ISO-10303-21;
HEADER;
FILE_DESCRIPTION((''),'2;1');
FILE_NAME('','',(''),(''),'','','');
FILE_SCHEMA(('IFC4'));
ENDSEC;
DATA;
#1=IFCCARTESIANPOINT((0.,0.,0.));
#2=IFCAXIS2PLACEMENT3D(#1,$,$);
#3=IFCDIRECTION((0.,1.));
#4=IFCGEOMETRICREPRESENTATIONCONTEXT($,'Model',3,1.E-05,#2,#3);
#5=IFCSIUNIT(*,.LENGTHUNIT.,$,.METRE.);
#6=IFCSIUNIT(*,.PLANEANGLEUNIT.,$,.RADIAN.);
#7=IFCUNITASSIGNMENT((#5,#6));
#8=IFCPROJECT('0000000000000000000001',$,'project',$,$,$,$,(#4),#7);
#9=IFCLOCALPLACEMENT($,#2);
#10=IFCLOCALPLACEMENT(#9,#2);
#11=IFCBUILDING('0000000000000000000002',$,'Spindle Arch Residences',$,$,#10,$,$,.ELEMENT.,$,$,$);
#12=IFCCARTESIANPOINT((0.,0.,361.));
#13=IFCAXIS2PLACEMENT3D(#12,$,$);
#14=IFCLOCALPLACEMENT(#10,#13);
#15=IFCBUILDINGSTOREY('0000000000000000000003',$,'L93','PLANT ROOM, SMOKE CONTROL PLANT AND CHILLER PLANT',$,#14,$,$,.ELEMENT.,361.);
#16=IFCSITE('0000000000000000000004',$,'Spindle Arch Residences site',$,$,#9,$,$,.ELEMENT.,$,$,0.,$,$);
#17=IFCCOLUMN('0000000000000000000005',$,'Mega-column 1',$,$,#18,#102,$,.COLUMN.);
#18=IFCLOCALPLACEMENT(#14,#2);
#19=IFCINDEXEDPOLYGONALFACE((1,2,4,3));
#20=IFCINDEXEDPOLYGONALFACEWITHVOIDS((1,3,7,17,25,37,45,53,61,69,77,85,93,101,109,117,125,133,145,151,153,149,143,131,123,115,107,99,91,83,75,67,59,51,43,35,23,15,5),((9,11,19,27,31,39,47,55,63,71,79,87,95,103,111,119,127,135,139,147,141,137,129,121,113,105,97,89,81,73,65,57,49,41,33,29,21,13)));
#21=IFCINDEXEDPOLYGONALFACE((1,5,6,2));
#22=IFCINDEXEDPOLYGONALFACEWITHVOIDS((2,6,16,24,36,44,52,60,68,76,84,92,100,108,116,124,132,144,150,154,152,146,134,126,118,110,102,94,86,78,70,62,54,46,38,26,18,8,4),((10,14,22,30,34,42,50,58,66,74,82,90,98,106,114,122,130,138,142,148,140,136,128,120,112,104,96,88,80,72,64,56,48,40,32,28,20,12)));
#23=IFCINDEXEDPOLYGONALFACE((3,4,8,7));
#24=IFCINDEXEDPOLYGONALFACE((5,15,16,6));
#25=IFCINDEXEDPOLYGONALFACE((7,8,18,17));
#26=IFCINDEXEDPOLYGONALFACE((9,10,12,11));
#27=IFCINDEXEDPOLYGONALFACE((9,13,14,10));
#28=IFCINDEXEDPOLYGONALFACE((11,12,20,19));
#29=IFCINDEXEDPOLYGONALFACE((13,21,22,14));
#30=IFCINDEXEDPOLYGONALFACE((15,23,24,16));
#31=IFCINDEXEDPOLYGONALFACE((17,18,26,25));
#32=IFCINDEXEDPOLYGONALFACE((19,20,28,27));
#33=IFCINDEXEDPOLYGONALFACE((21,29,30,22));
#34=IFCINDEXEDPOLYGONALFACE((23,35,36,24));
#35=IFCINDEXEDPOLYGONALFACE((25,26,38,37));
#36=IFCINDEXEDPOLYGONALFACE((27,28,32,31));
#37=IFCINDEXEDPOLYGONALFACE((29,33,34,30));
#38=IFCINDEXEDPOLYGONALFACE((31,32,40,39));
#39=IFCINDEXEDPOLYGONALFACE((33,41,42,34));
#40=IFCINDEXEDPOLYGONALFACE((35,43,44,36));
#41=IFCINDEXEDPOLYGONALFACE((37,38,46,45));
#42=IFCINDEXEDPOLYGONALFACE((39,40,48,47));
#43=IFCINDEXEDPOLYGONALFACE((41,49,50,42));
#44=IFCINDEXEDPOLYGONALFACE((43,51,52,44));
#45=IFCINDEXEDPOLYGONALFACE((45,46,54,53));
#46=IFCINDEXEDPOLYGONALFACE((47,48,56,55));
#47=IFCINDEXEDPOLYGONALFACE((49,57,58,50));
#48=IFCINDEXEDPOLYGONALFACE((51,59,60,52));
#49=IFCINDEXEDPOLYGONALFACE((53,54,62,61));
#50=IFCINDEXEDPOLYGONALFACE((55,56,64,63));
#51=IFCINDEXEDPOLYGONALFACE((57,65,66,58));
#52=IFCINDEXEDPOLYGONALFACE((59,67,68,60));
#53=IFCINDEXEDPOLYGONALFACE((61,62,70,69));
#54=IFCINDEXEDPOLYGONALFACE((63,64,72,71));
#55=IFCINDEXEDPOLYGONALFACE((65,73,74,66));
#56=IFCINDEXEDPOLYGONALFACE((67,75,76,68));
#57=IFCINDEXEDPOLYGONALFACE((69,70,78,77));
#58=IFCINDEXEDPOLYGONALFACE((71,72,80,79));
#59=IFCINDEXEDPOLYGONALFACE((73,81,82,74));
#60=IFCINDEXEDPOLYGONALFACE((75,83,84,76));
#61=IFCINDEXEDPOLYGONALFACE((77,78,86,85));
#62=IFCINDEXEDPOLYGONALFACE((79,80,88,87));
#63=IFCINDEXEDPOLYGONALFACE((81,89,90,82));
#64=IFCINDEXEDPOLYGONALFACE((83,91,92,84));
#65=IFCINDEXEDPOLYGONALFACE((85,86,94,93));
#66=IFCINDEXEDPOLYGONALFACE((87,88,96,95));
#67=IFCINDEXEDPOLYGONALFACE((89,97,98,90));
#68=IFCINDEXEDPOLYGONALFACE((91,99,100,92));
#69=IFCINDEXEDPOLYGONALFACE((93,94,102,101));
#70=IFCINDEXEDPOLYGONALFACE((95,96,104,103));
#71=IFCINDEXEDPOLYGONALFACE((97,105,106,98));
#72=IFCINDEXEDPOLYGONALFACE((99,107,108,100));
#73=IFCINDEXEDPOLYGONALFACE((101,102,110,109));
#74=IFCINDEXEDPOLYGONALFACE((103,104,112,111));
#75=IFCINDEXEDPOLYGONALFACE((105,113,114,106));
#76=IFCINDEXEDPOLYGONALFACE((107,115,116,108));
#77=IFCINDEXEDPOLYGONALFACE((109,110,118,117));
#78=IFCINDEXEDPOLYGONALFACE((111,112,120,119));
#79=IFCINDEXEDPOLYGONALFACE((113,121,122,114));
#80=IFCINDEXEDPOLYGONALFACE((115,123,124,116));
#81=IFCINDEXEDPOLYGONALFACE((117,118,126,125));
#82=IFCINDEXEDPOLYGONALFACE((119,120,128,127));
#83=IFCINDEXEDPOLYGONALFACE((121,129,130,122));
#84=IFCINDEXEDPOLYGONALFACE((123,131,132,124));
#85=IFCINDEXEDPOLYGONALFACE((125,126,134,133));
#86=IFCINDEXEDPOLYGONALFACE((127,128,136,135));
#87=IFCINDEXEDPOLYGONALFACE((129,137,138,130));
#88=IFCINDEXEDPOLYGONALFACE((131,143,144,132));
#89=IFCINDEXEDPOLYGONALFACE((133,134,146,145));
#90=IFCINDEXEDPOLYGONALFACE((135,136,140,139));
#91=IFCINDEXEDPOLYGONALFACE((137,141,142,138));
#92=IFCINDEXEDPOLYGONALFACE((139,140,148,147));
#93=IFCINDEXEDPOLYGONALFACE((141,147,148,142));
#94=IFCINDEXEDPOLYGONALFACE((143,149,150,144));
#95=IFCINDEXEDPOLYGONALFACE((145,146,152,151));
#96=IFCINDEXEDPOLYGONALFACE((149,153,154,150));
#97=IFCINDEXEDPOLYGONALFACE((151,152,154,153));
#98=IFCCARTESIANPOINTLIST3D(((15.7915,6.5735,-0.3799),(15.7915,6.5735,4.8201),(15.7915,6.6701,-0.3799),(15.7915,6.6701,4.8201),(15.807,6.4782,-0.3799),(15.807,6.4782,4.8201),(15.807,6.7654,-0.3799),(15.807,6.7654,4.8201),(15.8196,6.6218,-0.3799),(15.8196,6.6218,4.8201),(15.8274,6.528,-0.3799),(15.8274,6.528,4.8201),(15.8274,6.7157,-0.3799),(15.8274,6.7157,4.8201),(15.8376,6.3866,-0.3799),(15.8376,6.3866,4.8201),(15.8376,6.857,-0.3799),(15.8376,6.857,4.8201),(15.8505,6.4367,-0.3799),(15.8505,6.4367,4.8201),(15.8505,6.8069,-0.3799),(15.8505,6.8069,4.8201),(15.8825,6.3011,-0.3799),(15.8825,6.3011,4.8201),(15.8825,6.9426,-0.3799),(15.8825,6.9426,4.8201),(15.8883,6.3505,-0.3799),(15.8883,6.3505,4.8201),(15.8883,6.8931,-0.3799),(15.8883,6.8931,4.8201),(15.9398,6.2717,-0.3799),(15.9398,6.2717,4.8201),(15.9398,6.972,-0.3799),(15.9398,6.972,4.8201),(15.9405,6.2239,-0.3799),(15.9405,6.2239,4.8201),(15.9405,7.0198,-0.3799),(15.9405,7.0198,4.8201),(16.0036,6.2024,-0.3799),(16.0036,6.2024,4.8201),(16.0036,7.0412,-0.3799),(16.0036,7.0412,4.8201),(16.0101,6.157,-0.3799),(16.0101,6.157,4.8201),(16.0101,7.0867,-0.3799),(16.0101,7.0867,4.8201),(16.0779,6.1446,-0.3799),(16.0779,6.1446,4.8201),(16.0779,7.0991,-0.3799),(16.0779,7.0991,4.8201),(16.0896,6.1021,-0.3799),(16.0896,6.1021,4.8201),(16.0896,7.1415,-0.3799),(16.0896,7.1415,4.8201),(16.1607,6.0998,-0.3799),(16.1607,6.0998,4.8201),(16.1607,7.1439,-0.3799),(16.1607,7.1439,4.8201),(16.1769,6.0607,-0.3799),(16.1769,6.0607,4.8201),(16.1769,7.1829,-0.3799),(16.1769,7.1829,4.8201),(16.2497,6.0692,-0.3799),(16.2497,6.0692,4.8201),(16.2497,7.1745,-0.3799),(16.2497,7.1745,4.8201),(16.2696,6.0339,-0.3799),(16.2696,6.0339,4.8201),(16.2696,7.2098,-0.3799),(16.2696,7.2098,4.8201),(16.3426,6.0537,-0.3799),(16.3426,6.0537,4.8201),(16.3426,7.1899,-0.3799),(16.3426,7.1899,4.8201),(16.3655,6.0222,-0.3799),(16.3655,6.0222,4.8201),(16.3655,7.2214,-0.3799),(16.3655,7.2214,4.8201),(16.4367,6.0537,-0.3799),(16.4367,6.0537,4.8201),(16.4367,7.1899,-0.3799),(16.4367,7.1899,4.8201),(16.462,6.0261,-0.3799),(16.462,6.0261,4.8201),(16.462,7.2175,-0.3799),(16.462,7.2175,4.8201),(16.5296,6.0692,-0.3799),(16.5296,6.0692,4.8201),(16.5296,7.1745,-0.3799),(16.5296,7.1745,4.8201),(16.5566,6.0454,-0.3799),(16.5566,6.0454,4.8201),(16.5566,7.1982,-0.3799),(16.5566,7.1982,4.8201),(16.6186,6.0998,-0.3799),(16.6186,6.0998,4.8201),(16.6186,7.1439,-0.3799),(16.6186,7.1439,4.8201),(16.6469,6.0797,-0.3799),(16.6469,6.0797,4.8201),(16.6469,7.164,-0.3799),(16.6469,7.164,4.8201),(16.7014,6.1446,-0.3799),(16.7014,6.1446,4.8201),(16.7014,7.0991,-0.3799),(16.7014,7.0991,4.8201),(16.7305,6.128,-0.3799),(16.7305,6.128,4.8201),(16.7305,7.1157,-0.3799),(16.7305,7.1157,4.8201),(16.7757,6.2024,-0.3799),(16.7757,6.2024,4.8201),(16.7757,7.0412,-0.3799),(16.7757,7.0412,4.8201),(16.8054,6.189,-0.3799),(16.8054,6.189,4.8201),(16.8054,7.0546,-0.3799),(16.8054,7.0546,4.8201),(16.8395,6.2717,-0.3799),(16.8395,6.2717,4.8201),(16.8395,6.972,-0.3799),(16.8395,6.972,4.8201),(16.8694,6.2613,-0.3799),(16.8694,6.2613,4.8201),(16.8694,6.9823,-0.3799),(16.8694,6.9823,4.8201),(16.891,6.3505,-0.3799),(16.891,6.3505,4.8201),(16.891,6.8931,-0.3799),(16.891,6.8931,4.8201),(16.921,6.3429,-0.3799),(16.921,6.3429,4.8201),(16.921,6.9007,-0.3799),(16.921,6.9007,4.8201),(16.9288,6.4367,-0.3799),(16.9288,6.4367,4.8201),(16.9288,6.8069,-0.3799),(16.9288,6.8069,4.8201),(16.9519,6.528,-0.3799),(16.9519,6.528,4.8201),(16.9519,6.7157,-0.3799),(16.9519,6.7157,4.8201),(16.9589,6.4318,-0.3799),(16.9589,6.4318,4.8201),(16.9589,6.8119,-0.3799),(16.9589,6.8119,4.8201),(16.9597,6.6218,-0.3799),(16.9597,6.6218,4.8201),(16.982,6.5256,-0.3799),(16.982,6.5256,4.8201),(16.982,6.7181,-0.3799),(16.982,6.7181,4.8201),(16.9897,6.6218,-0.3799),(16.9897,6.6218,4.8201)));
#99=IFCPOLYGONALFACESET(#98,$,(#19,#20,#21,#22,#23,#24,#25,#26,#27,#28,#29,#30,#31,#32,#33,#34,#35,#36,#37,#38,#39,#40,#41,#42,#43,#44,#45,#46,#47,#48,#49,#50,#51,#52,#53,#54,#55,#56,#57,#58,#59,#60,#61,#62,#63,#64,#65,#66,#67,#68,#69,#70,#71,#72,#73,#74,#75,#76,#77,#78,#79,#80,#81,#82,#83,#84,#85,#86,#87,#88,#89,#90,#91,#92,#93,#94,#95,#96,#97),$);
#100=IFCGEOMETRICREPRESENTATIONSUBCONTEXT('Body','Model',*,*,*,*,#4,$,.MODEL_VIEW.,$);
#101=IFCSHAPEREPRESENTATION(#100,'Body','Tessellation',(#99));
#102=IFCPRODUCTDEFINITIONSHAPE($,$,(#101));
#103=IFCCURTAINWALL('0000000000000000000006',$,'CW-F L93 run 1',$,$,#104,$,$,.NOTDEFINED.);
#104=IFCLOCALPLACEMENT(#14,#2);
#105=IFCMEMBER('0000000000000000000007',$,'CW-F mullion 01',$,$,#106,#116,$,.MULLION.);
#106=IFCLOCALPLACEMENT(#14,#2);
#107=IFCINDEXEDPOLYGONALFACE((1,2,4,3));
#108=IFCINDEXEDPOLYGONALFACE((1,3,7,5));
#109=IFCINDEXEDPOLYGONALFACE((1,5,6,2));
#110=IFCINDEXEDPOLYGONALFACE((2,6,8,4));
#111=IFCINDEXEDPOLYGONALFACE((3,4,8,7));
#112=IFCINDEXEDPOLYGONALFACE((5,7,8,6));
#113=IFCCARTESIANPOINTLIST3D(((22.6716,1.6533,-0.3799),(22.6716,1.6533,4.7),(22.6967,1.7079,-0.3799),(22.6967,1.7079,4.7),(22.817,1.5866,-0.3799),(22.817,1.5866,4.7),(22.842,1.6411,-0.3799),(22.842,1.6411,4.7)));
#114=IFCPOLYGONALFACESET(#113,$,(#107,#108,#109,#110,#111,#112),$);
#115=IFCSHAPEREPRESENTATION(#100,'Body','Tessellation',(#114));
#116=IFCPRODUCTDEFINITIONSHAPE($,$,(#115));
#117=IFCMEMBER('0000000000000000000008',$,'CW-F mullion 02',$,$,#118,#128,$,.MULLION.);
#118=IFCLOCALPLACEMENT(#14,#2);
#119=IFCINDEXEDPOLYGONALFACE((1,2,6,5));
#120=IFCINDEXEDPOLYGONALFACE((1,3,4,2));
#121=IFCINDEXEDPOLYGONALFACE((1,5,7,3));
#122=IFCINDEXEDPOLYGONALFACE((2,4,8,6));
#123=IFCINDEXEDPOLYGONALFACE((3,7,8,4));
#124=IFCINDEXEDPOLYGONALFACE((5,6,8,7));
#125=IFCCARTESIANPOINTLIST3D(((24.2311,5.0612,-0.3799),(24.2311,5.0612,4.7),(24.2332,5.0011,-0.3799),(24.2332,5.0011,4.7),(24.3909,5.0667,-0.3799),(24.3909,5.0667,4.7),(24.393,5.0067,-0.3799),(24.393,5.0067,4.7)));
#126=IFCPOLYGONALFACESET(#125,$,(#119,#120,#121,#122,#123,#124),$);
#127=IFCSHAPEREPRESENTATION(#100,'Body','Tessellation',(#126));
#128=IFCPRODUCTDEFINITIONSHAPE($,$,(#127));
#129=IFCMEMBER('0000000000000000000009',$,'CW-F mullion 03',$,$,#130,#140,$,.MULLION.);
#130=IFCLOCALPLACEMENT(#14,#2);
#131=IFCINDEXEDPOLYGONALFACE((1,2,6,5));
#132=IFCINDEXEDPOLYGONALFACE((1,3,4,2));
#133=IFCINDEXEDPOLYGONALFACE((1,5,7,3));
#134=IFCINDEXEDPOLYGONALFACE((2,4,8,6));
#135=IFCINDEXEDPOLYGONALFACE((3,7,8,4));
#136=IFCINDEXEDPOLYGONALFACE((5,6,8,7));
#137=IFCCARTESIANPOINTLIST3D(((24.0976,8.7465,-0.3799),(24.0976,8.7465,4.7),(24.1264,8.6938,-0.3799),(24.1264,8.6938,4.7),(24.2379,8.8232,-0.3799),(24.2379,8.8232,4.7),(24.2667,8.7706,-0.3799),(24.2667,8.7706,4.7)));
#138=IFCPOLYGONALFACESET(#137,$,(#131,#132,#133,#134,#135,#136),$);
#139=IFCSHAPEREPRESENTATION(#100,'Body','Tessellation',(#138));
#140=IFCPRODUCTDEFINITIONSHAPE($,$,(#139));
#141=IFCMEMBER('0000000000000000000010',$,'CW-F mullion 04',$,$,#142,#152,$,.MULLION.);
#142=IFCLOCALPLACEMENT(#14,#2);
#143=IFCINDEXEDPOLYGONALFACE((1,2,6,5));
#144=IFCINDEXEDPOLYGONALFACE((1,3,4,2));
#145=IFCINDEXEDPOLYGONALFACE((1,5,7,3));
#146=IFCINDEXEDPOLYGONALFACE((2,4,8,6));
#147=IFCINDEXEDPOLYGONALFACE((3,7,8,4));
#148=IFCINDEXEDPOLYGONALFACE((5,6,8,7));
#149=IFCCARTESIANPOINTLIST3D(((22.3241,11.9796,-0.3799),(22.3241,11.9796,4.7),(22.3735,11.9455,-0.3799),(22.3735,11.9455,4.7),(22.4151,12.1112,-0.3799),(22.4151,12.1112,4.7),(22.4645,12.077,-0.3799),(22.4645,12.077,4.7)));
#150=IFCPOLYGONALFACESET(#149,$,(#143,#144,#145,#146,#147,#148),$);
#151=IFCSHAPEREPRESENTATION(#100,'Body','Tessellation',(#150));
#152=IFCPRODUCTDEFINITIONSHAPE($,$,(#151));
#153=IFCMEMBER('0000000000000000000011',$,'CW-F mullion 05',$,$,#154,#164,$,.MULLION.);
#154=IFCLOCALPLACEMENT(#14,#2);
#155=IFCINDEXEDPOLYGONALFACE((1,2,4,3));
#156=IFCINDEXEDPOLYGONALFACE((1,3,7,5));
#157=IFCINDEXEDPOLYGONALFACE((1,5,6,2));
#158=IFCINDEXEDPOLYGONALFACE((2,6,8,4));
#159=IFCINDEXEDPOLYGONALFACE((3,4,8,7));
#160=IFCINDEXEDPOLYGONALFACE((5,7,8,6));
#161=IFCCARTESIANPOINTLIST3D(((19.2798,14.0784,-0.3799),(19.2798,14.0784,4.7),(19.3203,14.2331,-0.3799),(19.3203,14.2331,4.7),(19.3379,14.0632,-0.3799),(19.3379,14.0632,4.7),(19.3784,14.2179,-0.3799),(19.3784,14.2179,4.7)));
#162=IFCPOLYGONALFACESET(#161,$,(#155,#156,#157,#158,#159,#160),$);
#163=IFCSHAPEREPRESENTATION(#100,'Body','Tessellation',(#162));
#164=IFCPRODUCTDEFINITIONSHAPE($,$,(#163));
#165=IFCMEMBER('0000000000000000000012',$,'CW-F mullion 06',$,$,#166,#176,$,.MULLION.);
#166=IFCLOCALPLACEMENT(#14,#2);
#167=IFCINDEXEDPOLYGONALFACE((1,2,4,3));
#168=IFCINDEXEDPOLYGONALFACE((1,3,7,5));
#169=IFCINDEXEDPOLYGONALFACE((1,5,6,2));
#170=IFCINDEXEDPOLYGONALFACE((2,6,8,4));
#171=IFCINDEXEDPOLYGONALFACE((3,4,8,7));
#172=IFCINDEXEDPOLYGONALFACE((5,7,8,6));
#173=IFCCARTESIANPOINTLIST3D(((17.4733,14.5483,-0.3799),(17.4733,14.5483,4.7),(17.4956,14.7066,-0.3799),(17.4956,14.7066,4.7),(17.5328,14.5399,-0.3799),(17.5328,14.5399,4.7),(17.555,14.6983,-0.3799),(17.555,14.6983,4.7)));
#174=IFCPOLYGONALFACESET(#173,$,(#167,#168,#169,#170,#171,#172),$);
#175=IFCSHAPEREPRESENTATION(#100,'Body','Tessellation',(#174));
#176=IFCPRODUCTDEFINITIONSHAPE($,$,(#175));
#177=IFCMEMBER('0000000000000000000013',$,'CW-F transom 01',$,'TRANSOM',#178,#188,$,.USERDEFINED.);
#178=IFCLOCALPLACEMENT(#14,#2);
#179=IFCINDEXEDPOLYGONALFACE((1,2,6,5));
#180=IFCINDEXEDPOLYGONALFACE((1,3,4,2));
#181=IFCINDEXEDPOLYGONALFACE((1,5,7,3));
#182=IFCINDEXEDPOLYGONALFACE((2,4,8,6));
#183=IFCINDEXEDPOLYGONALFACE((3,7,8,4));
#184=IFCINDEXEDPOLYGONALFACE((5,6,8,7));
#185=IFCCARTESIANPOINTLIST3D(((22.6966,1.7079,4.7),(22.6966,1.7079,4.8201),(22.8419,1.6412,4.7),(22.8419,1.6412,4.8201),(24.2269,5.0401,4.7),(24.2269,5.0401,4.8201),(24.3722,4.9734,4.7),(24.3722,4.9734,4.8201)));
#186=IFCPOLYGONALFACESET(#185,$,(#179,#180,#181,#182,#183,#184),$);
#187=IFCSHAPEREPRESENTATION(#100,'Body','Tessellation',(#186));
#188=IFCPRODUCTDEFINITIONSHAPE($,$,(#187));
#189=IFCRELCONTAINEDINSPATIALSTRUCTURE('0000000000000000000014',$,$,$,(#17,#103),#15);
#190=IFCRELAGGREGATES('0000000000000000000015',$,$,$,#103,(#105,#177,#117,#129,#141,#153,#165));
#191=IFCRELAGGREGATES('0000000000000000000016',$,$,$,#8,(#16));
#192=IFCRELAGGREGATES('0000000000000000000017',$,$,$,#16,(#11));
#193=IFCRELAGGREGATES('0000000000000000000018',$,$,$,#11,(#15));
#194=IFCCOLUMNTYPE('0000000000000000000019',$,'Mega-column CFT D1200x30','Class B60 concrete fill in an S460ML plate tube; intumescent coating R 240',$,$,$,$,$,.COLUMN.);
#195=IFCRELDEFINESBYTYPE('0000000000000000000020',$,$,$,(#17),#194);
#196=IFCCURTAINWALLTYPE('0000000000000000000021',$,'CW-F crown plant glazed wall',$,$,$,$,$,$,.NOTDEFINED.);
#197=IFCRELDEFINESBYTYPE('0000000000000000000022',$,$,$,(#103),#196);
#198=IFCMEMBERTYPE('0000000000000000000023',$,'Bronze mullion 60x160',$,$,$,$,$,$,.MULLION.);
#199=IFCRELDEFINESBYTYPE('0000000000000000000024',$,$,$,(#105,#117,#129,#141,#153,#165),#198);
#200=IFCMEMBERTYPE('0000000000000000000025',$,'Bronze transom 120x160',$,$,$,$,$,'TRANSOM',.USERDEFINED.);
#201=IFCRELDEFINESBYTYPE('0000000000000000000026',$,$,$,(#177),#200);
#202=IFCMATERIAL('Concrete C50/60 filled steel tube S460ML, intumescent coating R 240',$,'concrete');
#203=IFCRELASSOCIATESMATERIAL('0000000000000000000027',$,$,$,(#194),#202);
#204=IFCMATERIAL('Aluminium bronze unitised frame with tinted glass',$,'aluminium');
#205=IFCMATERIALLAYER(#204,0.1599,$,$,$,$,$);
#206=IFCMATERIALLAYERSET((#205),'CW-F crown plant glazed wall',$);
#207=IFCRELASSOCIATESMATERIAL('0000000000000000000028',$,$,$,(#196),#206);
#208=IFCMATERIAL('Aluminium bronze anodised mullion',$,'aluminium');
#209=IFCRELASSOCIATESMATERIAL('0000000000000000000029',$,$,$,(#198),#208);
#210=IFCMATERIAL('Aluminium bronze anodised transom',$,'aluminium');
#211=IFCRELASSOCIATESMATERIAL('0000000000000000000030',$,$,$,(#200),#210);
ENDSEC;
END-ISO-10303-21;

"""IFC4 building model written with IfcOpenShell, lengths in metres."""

from ifc_helpers import new_model, si_unit, direction, frame, origin, origin_2d, place, context, subcontext, project, spatial, rectangle, hollow_circle, extrude, material, layer, layer_set, material_profile, profile_set, type_object, element, aggregate, save


model = new_model("IFC4")

# Units and contexts
model_context = context("Model", 3, precision=1e-05, world=origin(), true_north=direction((0.0, 1.0)))
body_context = subcontext(model_context, "Body", "Model", "MODEL_VIEW")
ifc_project = project(units=[si_unit("LENGTHUNIT", "METRE"), si_unit("PLANEANGLEUNIT", "RADIAN")], contexts=[model_context])

# Site, building, storey
site_placement = place(None, origin())
site = spatial("IfcSite", under=ifc_project, at=site_placement, Name="Spindle Arch Residences site", CompositionType="ELEMENT", RefElevation=0.0)
building_placement = place(site_placement, origin())
building = spatial("IfcBuilding", under=site, at=building_placement, Name="Spindle Arch Residences", CompositionType="ELEMENT")
storey_placement = place(building_placement, frame((0.0, 0.0, 361.0)))
storey = spatial("IfcBuildingStorey", under=building, at=storey_placement, Name="L93", Description="PLANT ROOM, SMOKE CONTROL PLANT AND CHILLER PLANT", CompositionType="ELEMENT", Elevation=361.0)

# Column
ifc_material_1 = material(Name="Concrete C50/60 filled steel tube S460ML, intumescent coating R 240", Category="concrete")
ifc_material_profile_1 = material_profile(ifc_material_1, hollow_circle(Radius=0.6001, WallThickness=0.03, at=origin_2d()), Name="CFT D1200x30")
ifc_profile_set_1 = profile_set([ifc_material_profile_1], Name="Concrete C50/60 filled steel tube S460ML, intumescent coating R 240")
column_type_1 = type_object("IfcColumnType", Name="Mega-column CFT D1200x30", Description="Class B60 concrete fill in an S460ML plate tube; intumescent coating R 240", PredefinedType="COLUMN", material=ifc_profile_set_1)
column_placement = place(storey_placement, frame((16.3896, 6.6218, -0.3799), z_axis=(0.0, 0.0, 1.0), x_axis=(1.0, 0.0, 0.0)))
element("IfcColumn", 1, at=column_placement, inside=storey, type_object=column_type_1, Name="Mega-column 1", PredefinedType="COLUMN", context=body_context, shape_type="SweptSolid", body=[
    extrude(hollow_circle(Radius=0.6001, WallThickness=0.03, at=origin_2d()), origin(), (0.0, 0.0, 1.0), 5.2),
])

# Curtain wall, members
ifc_material_2 = material(Name="Aluminium bronze unitised frame with tinted glass", Category="aluminium")
ifc_layer_1 = layer(ifc_material_2, 0.1599)
ifc_layer_set_1 = layer_set([ifc_layer_1], Name="CW-F crown plant glazed wall")
curtain_wall_type = type_object("IfcCurtainWallType", Name="CW-F crown plant glazed wall", PredefinedType="NOTDEFINED", material=ifc_layer_set_1)
curtain_wall_placement = place(storey_placement, origin())
curtain_wall = element("IfcCurtainWall", 2, at=curtain_wall_placement, inside=storey, type_object=curtain_wall_type, Name="CW-F L93 run 1", PredefinedType="NOTDEFINED")
ifc_material_3 = material(Name="Aluminium bronze anodised mullion", Category="aluminium")
ifc_material_profile_2 = material_profile(ifc_material_3, rectangle(XDim=0.1599, YDim=0.0601, at=origin_2d()), Name="MU 60x160")
ifc_profile_set_2 = profile_set([ifc_material_profile_2], Name="Aluminium bronze anodised mullion")
member_type_1 = type_object("IfcMemberType", Name="Bronze mullion 60x160", PredefinedType="MULLION", material=ifc_profile_set_2)
member_1_placement = place(storey_placement, frame((22.7568, 1.6472, -0.3799), z_axis=(0.0, 0.0, 1.0), x_axis=(-0.908751, 0.417338, 0.0)))
member_1 = element("IfcMember", 3, at=member_1_placement, type_object=member_type_1, Name="CW-F mullion 01", PredefinedType="MULLION", context=body_context, shape_type="SweptSolid", body=[
    extrude(rectangle(XDim=0.1599, YDim=0.0601, at=origin_2d()), origin(), (0.0, 0.0, 1.0), 5.0798),
])
member_2_placement = place(storey_placement, frame((24.312, 5.0339, -0.3799), z_axis=(0.0, 0.0, 1.0), x_axis=(-0.999391, -0.034899, 0.0)))
member_2 = element("IfcMember", 4, at=member_2_placement, type_object=member_type_1, Name="CW-F mullion 02", PredefinedType="MULLION", context=body_context, shape_type="SweptSolid", body=[
    extrude(rectangle(XDim=0.1599, YDim=0.0601, at=origin_2d()), origin(), (0.0, 0.0, 1.0), 5.0798),
])
member_3_placement = place(storey_placement, frame((24.1821, 8.7585, -0.3799), z_axis=(0.0, 0.0, 1.0), x_axis=(-0.877425, -0.479713, 0.0)))
member_3 = element("IfcMember", 5, at=member_3_placement, type_object=member_type_1, Name="CW-F mullion 03", PredefinedType="MULLION", context=body_context, shape_type="SweptSolid", body=[
    extrude(rectangle(XDim=0.1599, YDim=0.0601, at=origin_2d()), origin(), (0.0, 0.0, 1.0), 5.0798),
])
member_4_placement = place(storey_placement, frame((22.3943, 12.0283, -0.3799), z_axis=(0.0, 0.0, 1.0), x_axis=(-0.568801, -0.822475, 0.0)))
member_4 = element("IfcMember", 6, at=member_4_placement, type_object=member_type_1, Name="CW-F mullion 04", PredefinedType="MULLION", context=body_context, shape_type="SweptSolid", body=[
    extrude(rectangle(XDim=0.1599, YDim=0.0601, at=origin_2d()), origin(), (0.0, 0.0, 1.0), 5.0798),
])
member_5_placement = place(storey_placement, frame((19.3291, 14.1482, -0.3799), z_axis=(0.0, 0.0, 1.0), x_axis=(-0.253195, -0.967415, 0.0)))
member_5 = element("IfcMember", 7, at=member_5_placement, type_object=member_type_1, Name="CW-F mullion 05", PredefinedType="MULLION", context=body_context, shape_type="SweptSolid", body=[
    extrude(rectangle(XDim=0.1599, YDim=0.0601, at=origin_2d()), origin(), (0.0, 0.0, 1.0), 5.0798),
])
member_6_placement = place(storey_placement, frame((17.5142, 14.6233, -0.3799), z_axis=(0.0, 0.0, 1.0), x_axis=(-0.139173, -0.990268, 0.0)))
member_6 = element("IfcMember", 8, at=member_6_placement, type_object=member_type_1, Name="CW-F mullion 06", PredefinedType="MULLION", context=body_context, shape_type="SweptSolid", body=[
    extrude(rectangle(XDim=0.1599, YDim=0.0601, at=origin_2d()), origin(), (0.0, 0.0, 1.0), 5.0798),
])
ifc_material_4 = material(Name="Aluminium bronze anodised transom", Category="aluminium")
ifc_material_profile_3 = material_profile(ifc_material_4, rectangle(XDim=0.1599, YDim=0.1201, at=origin_2d()), Name="TR 120x160")
ifc_profile_set_3 = profile_set([ifc_material_profile_3], Name="Aluminium bronze anodised transom")
member_type_2 = type_object("IfcMemberType", Name="Bronze transom 120x160", ElementType="TRANSOM", PredefinedType="USERDEFINED", material=ifc_profile_set_3)
member_7_placement = place(storey_placement, frame((22.7693, 1.6746, 4.76), z_axis=(0.417326, 0.908757, 0.0), x_axis=(-0.908757, 0.417326, 0.0)))
member_7 = element("IfcMember", 9, at=member_7_placement, type_object=member_type_2, Name="CW-F transom 01", ObjectType="TRANSOM", PredefinedType="USERDEFINED", context=body_context, shape_type="SweptSolid", body=[
    extrude(rectangle(XDim=0.1599, YDim=0.1201, at=origin_2d()), origin(), (0.0, 0.0, 1.0), 3.6667),
])

aggregate(curtain_wall, [member_1, member_7, member_2, member_3, member_4, member_5, member_6])

save(model, "model.ifc")
